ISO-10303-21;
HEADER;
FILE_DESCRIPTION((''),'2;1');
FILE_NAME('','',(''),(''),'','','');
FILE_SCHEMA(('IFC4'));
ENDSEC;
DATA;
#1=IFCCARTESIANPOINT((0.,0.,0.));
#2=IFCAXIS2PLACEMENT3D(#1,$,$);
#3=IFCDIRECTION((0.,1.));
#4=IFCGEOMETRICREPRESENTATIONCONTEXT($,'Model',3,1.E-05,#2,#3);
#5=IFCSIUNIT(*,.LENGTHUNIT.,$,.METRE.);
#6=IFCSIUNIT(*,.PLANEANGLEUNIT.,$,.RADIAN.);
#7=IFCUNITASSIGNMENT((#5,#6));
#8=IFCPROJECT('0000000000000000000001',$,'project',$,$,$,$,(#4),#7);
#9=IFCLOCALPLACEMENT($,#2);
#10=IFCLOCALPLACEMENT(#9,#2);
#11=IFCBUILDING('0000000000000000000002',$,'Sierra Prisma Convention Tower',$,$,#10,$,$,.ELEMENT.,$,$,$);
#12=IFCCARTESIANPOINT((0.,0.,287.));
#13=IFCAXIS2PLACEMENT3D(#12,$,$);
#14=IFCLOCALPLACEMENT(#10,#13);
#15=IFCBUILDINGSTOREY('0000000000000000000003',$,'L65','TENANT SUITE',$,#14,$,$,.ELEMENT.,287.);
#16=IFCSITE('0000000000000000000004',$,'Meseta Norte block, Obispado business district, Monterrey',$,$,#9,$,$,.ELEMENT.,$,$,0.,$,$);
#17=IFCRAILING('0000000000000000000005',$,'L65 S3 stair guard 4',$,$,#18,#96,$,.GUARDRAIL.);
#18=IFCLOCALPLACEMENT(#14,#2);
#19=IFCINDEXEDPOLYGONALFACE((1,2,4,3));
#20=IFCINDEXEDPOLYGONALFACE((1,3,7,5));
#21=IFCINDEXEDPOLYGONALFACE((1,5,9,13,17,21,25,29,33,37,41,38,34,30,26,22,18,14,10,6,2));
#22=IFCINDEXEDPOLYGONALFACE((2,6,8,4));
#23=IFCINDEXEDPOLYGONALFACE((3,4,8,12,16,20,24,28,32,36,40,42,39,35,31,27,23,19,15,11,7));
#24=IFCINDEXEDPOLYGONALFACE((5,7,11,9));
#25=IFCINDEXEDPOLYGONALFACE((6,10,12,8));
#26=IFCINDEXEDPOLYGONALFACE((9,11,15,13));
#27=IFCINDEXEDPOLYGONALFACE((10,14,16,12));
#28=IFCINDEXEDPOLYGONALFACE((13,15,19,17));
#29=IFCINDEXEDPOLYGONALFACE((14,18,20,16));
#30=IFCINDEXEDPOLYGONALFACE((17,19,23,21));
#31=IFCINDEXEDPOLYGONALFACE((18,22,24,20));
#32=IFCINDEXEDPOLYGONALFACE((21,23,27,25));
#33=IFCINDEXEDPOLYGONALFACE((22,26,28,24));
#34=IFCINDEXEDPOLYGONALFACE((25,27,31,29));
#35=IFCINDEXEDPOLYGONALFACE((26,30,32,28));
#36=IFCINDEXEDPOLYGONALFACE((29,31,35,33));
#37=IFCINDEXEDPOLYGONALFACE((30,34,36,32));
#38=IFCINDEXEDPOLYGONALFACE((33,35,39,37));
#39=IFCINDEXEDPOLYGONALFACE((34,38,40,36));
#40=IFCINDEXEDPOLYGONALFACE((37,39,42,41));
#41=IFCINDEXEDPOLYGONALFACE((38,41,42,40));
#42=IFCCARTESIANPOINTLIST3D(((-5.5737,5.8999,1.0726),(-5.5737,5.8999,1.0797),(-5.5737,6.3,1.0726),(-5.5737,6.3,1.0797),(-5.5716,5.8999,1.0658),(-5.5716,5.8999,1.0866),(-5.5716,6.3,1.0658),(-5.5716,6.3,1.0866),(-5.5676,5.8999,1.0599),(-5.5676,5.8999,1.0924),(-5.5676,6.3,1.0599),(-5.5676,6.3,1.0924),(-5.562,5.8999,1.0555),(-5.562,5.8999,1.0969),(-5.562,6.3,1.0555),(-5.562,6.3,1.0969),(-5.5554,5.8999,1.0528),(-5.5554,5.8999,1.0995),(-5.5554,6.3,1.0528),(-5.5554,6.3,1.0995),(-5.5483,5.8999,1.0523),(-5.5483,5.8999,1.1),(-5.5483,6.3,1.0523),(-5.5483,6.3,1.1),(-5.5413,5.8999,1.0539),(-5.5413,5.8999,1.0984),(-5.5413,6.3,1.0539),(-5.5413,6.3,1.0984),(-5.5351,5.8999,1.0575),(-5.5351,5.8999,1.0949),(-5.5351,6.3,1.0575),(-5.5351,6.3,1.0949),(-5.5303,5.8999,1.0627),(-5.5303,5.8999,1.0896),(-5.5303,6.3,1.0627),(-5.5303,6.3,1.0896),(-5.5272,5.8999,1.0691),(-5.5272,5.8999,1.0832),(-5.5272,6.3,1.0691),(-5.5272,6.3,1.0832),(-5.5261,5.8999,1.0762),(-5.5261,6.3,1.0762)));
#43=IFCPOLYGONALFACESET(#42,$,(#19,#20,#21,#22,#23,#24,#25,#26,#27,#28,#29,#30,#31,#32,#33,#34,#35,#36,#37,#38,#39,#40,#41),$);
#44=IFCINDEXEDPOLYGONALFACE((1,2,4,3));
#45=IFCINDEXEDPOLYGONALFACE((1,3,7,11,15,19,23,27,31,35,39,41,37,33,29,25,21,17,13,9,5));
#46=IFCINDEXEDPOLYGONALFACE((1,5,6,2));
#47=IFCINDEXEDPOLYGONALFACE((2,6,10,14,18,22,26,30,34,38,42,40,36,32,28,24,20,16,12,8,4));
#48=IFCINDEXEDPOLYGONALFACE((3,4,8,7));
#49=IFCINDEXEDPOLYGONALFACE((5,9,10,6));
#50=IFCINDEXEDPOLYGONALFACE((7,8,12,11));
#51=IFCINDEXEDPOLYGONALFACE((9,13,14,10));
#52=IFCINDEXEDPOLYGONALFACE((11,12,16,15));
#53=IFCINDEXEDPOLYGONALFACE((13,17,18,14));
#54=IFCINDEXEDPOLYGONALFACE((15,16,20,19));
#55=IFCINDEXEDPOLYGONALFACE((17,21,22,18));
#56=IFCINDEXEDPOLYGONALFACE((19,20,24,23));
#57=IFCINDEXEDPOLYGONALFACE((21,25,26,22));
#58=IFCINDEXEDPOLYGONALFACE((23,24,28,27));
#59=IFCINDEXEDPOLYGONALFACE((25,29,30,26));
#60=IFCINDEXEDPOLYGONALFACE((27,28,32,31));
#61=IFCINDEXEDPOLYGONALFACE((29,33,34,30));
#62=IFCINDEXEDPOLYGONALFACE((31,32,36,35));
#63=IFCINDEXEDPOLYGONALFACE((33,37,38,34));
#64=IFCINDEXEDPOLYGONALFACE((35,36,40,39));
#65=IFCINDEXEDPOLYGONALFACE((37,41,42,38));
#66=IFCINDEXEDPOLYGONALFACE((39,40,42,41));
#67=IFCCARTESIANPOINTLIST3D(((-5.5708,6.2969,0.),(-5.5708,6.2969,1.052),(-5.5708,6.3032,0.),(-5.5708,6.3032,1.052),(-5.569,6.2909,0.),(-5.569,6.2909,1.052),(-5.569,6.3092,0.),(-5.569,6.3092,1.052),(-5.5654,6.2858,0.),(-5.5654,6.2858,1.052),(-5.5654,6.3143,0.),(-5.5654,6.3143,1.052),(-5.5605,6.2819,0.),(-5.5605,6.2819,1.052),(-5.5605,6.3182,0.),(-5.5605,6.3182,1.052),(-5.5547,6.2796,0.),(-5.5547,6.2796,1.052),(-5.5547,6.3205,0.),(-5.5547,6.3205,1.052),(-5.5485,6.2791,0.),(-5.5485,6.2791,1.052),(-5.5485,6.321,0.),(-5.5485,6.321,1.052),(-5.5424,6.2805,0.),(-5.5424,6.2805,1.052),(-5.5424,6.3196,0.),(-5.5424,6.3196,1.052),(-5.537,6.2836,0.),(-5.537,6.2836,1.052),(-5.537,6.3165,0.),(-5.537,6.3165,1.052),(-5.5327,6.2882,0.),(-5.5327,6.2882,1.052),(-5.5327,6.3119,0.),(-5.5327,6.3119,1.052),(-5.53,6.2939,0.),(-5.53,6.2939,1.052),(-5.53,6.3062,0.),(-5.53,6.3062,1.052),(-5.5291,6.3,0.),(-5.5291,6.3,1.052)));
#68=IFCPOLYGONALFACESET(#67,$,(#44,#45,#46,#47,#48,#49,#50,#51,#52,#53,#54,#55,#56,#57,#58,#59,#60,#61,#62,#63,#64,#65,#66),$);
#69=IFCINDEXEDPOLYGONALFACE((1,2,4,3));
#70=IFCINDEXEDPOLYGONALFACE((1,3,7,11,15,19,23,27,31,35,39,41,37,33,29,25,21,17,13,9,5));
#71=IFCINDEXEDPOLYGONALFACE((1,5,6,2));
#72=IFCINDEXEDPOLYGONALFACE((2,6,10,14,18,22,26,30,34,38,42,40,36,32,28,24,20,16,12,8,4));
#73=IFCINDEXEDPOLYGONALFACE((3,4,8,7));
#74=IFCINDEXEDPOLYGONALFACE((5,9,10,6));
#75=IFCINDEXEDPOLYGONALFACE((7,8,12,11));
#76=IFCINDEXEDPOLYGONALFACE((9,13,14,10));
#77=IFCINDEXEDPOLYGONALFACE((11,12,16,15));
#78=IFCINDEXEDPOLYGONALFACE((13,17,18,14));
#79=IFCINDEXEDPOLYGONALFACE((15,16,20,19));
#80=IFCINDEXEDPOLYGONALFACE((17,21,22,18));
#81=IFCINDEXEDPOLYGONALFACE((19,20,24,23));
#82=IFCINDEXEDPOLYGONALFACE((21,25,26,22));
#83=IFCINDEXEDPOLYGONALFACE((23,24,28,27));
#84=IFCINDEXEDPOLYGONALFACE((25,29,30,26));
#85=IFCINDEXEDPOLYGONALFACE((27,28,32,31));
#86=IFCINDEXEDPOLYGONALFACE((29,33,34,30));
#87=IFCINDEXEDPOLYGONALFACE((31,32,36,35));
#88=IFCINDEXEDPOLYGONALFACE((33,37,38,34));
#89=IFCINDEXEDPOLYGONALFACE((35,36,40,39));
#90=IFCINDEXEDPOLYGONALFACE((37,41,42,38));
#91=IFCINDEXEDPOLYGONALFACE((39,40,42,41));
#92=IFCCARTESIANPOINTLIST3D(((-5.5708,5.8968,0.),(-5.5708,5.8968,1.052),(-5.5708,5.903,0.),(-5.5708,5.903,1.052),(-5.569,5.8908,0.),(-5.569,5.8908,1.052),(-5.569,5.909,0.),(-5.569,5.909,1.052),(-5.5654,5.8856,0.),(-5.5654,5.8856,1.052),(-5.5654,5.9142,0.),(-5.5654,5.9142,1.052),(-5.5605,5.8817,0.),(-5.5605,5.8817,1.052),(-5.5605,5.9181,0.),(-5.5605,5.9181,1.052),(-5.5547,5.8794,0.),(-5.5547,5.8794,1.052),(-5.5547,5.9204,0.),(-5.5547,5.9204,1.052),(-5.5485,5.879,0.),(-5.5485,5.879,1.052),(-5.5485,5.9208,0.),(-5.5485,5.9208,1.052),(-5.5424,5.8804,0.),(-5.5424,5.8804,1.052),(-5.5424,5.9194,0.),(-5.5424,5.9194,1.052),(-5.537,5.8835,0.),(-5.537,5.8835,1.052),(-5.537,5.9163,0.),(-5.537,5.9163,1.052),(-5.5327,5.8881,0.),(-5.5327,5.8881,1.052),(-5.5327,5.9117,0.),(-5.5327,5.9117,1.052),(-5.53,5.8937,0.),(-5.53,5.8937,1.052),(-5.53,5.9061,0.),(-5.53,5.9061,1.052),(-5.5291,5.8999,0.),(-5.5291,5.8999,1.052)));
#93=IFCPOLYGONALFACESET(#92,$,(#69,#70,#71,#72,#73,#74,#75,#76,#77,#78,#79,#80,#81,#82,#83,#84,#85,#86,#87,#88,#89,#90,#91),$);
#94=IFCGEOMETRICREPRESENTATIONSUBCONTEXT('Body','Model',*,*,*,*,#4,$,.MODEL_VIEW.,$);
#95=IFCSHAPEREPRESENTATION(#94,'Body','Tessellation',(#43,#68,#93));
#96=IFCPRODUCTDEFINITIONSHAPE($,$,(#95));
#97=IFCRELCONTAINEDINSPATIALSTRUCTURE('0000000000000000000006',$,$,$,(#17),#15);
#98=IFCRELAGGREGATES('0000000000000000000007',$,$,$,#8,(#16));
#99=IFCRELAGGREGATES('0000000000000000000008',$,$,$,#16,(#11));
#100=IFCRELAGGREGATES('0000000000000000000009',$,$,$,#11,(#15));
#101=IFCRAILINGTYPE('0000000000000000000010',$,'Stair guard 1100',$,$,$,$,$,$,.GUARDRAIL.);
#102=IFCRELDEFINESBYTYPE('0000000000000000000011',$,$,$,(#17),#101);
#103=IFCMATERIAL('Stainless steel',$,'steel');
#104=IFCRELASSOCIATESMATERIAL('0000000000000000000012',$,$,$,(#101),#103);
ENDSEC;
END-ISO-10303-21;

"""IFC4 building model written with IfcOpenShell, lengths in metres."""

from ifc_helpers import new_model, si_unit, direction, frame, origin, origin_2d, place, context, subcontext, project, spatial, circle, extrude, material, type_object, element, save


model = new_model("IFC4")

# Units and contexts
model_context = context("Model", 3, precision=1e-05, world=origin(), true_north=direction((0.0, 1.0)))
body_context = subcontext(model_context, "Body", "Model", "MODEL_VIEW")
ifc_project = project(units=[si_unit("LENGTHUNIT", "METRE"), si_unit("PLANEANGLEUNIT", "RADIAN")], contexts=[model_context])

# Site, building, storey
site_placement = place(None, origin())
site = spatial("IfcSite", under=ifc_project, at=site_placement, Name="Meseta Norte block, Obispado business district, Monterrey", CompositionType="ELEMENT", RefElevation=0.0)
building_placement = place(site_placement, origin())
building = spatial("IfcBuilding", under=site, at=building_placement, Name="Sierra Prisma Convention Tower", CompositionType="ELEMENT")
storey_placement = place(building_placement, frame((0.0, 0.0, 287.0)))
storey = spatial("IfcBuildingStorey", under=building, at=storey_placement, Name="L65", Description="TENANT SUITE", CompositionType="ELEMENT", Elevation=287.0)

# Railing
ifc_material_1 = material(Name="Stainless steel", Category="steel")
railing_type_1 = type_object("IfcRailingType", Name="Stair guard 1100", PredefinedType="GUARDRAIL", material=ifc_material_1)
railing_1_placement = place(storey_placement, frame((-5.55, 6.3, 0.0)))
element("IfcRailing", 1, at=railing_1_placement, inside=storey, type_object=railing_type_1, Name="L65 S3 stair guard 4", PredefinedType="GUARDRAIL", context=body_context, shape_type="SweptSolid", body=[
    extrude(circle(Radius=0.0239, at=origin_2d()), frame((0.0, 0.0, 1.0762), z_axis=(0.0, -1.0, 0.0), x_axis=(1.0, 0.0, 0.0)), (0.0, 0.0, 1.0), 0.4001),
    extrude(circle(Radius=0.021, at=origin_2d()), origin(), (0.0, 0.0, 1.0), 1.052),
    extrude(circle(Radius=0.021, at=origin_2d()), frame((0.0, -0.4001, 0.0)), (0.0, 0.0, 1.0), 1.052),
])

save(model, "model.ifc")
